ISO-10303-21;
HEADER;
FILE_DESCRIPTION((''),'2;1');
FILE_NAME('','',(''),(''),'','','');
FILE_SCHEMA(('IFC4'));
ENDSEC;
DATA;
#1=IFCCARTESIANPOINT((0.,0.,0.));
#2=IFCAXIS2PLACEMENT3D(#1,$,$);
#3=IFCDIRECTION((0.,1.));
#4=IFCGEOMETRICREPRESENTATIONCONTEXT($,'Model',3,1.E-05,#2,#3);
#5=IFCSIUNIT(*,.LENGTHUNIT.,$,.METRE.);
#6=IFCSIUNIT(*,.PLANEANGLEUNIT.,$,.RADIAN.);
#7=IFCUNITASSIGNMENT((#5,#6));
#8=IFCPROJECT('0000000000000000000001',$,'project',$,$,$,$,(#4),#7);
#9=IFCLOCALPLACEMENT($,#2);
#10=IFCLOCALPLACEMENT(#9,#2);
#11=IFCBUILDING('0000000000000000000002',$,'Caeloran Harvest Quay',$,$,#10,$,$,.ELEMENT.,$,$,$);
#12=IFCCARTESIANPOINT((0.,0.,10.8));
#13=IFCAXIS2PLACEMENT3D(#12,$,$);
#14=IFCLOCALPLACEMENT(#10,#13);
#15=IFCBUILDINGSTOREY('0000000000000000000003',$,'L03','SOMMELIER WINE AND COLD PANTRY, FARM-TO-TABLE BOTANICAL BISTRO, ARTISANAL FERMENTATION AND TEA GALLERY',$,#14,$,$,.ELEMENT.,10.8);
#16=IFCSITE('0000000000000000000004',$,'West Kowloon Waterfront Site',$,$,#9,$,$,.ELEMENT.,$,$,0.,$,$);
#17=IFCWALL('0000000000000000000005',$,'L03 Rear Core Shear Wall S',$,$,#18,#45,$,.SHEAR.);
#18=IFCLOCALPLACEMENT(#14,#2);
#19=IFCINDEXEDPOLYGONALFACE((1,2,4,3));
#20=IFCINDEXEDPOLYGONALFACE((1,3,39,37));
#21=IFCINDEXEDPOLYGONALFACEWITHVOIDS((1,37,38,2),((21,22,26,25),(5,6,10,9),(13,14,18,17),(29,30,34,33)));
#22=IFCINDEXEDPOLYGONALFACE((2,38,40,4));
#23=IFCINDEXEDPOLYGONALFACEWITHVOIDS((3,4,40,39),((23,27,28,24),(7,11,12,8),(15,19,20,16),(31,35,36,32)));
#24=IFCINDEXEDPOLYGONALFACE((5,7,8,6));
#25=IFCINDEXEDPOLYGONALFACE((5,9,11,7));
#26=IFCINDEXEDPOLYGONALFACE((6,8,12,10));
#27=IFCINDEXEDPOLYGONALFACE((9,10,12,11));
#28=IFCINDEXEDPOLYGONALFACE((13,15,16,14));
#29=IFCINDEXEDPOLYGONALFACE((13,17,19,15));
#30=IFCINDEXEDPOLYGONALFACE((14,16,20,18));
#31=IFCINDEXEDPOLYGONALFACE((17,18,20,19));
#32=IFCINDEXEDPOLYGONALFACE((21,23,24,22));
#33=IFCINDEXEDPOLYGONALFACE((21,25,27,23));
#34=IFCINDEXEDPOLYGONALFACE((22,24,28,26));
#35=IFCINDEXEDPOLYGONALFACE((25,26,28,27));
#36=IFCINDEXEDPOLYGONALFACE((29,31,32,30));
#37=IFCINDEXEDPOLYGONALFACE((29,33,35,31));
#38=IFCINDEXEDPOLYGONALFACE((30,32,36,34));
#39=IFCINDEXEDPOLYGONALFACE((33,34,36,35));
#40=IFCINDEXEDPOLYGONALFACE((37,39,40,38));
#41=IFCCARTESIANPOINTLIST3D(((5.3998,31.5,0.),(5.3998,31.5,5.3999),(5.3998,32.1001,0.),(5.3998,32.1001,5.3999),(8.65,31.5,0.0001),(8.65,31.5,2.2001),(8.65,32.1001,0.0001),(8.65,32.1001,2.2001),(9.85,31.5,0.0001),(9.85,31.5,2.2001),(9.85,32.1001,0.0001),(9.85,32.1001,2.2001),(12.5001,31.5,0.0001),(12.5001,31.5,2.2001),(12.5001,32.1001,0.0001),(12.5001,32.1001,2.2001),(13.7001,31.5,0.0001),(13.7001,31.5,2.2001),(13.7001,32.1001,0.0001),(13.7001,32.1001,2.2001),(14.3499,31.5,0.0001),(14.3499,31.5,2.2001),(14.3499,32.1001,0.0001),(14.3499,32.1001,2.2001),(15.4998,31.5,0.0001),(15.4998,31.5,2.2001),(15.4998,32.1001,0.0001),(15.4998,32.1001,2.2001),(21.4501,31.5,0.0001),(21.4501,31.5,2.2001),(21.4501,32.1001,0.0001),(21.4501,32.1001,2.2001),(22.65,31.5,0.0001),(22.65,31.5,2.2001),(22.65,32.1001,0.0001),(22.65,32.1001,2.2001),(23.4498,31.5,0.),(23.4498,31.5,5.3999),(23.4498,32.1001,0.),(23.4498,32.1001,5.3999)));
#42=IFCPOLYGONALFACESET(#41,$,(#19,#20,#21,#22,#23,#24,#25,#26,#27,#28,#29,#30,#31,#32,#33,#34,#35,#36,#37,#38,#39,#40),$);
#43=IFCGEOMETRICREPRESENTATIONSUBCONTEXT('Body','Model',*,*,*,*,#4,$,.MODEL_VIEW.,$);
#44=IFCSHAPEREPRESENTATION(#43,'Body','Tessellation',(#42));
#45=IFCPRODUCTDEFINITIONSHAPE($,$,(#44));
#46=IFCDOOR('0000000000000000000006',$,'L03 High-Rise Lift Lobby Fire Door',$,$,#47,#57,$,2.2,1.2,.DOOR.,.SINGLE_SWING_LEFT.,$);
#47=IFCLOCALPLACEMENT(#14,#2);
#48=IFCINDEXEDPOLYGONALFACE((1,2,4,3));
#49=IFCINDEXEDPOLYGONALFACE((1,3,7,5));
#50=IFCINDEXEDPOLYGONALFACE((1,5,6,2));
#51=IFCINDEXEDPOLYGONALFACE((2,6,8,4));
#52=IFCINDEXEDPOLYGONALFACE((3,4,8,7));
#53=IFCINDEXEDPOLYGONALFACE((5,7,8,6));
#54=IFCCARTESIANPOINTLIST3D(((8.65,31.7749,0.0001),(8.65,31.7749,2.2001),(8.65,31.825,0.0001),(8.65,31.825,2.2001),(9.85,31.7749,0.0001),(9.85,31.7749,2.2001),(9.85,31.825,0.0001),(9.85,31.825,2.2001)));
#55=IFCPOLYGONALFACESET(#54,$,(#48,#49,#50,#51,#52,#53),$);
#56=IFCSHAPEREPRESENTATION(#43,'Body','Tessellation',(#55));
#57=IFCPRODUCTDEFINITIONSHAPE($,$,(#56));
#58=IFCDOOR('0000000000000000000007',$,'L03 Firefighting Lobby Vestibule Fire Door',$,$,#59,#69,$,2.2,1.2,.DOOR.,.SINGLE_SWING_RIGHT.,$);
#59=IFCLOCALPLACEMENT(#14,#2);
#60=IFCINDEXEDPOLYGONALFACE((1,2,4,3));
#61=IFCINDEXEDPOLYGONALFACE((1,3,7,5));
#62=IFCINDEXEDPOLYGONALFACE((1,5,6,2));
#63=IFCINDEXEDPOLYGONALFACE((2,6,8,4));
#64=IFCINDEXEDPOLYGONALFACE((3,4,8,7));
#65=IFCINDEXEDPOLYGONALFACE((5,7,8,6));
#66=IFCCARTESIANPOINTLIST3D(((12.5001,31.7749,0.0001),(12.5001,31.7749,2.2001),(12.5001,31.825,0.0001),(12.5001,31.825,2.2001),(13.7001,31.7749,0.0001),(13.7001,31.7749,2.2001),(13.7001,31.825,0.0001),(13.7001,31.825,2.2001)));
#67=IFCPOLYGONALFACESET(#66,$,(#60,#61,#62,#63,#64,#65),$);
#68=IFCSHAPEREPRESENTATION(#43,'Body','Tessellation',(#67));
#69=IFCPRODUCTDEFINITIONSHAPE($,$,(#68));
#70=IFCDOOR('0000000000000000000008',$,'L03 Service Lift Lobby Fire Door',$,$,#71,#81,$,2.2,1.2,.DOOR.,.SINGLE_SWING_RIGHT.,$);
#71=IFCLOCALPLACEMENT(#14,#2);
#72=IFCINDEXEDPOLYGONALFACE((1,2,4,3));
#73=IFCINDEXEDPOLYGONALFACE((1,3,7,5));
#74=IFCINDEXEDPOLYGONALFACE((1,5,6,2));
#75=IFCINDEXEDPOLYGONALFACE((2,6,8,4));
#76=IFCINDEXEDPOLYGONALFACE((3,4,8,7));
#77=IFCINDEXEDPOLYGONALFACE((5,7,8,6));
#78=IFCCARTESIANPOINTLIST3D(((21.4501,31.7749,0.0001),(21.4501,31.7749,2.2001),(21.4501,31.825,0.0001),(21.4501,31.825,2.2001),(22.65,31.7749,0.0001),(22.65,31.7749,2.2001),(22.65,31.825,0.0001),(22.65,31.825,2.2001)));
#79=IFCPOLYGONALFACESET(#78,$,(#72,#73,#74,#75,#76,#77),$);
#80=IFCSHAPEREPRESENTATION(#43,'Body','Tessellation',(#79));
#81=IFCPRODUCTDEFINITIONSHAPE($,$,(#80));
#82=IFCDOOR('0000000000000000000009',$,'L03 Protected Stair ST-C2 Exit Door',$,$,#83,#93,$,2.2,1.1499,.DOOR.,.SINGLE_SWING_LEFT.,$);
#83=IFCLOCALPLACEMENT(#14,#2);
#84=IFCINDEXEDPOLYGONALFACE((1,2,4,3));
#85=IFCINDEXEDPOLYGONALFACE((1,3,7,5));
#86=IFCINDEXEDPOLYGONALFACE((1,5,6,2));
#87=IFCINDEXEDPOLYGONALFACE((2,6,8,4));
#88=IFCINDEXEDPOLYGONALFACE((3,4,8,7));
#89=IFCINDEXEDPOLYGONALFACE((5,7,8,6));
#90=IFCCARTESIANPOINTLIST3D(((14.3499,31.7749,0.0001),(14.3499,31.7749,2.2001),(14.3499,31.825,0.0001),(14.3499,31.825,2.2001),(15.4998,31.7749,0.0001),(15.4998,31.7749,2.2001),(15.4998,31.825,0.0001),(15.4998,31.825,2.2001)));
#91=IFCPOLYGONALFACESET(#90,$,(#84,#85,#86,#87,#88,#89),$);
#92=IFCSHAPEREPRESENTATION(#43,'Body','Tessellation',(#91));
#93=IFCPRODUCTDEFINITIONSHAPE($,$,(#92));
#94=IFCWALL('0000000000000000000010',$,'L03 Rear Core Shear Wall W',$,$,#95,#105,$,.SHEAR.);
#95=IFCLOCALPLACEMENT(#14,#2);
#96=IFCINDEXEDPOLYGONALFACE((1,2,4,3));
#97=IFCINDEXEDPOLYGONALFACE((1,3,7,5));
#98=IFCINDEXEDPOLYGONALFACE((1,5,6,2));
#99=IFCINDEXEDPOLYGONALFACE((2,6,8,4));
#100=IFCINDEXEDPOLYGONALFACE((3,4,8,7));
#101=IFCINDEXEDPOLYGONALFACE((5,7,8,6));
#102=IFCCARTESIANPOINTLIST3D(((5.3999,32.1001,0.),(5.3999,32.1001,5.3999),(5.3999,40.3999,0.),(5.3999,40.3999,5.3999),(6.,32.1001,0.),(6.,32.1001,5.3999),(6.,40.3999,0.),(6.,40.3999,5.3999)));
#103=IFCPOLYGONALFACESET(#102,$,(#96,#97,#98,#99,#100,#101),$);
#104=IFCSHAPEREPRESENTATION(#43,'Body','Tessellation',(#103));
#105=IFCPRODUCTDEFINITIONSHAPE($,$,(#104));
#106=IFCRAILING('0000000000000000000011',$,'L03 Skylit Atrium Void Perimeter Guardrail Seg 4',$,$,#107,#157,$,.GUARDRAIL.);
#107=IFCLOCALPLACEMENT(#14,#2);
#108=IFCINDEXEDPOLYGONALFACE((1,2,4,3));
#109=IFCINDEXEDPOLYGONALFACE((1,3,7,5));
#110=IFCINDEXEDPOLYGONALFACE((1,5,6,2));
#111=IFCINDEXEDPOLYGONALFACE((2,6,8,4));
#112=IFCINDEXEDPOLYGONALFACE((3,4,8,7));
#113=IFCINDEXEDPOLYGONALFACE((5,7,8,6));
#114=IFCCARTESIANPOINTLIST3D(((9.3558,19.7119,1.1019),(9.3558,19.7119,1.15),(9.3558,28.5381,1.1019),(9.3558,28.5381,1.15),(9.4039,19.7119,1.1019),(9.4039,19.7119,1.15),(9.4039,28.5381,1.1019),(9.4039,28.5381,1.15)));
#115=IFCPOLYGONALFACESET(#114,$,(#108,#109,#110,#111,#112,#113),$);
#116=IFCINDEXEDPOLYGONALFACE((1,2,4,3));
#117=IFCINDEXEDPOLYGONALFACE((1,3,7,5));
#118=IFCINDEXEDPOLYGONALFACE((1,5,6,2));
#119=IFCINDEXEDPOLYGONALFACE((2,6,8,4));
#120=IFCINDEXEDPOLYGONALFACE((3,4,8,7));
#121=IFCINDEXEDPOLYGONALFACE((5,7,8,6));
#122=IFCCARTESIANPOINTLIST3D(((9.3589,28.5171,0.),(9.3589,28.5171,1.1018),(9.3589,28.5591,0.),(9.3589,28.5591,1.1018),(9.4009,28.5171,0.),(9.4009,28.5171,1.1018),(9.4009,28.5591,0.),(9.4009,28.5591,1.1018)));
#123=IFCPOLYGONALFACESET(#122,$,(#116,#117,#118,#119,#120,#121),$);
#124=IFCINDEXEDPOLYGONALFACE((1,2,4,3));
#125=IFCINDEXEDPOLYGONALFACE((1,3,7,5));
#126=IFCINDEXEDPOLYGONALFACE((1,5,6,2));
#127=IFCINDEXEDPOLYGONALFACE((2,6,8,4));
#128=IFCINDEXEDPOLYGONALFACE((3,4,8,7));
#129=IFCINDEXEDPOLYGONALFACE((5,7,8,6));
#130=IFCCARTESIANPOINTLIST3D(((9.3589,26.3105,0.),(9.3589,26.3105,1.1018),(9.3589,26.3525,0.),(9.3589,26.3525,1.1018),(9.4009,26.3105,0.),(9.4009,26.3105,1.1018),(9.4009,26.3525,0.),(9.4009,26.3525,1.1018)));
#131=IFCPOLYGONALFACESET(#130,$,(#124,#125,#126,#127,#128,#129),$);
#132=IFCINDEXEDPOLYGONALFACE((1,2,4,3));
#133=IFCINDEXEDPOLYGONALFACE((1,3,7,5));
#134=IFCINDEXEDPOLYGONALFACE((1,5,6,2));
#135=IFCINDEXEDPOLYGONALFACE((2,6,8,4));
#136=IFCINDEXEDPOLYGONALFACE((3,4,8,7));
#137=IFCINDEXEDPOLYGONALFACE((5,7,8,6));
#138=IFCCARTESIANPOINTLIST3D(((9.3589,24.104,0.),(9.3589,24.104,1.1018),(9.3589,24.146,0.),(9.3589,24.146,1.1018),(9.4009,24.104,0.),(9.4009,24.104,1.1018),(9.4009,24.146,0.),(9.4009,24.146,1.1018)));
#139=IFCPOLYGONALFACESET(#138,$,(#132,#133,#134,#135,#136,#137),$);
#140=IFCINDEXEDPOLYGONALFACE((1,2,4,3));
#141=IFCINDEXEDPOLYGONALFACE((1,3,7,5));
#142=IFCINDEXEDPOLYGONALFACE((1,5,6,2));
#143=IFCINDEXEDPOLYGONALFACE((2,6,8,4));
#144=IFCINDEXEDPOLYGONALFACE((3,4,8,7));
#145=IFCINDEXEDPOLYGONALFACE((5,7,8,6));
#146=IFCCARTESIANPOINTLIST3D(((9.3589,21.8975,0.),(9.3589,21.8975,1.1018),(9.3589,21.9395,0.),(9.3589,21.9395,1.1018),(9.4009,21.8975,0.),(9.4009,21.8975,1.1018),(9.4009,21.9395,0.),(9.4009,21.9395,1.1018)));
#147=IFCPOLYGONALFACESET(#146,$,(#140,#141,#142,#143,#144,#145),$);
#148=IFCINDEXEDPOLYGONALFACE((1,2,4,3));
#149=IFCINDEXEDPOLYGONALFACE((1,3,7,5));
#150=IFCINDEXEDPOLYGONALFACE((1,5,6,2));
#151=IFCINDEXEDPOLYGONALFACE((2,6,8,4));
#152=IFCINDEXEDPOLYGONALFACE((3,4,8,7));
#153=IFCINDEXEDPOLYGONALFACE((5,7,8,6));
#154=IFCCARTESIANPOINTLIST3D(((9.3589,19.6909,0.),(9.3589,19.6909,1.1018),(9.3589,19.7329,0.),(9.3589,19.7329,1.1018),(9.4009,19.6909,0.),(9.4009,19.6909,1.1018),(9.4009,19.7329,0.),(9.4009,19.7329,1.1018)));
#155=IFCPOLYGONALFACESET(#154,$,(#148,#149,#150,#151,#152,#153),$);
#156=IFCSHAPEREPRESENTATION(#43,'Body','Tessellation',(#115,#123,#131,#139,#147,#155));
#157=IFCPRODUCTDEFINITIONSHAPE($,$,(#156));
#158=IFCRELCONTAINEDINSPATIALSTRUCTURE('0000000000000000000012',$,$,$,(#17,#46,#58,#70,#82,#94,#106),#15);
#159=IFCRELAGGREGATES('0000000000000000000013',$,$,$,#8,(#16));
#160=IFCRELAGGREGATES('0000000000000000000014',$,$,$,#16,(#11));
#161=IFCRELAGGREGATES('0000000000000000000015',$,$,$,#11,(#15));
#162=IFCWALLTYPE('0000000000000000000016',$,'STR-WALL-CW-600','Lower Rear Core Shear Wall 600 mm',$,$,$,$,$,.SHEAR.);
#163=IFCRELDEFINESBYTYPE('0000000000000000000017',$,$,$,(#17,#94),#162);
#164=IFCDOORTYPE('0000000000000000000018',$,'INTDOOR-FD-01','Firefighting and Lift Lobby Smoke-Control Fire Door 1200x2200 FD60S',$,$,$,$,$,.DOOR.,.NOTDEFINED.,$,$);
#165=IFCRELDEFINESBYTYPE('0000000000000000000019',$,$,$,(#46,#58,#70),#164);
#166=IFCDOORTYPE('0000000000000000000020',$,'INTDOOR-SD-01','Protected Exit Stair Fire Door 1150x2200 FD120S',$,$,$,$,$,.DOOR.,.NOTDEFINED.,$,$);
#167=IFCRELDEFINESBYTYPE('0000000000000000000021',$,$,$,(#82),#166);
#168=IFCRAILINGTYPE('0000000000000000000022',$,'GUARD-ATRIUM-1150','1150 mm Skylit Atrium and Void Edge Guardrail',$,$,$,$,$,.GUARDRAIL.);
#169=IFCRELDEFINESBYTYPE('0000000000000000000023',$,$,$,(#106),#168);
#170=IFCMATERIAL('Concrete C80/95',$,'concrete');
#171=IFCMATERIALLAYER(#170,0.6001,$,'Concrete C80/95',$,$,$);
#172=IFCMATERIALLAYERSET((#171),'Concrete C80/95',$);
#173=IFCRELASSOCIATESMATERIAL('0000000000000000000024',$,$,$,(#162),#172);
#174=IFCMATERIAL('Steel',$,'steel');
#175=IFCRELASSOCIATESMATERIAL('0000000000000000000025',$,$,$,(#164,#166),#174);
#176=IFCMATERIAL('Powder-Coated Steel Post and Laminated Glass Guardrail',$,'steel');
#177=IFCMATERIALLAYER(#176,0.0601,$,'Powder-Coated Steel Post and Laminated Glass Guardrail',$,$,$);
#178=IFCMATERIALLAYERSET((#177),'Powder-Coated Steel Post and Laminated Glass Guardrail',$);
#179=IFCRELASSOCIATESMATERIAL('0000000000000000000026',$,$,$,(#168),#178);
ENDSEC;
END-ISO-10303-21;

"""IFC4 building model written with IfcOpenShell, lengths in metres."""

from ifc_helpers import new_model, si_unit, direction, frame, frame_2d, origin, origin_2d, place, context, subcontext, project, spatial, rectangle, extrude, material, layer, layer_set, type_object, element, fill, save


model = new_model("IFC4")

# Units and contexts
model_context = context("Model", 3, precision=1e-05, world=origin(), true_north=direction((0.0, 1.0)))
body_context = subcontext(model_context, "Body", "Model", "MODEL_VIEW")
ifc_project = project(units=[si_unit("LENGTHUNIT", "METRE"), si_unit("PLANEANGLEUNIT", "RADIAN")], contexts=[model_context])

# Site, building, storey
site_placement = place(None, origin())
site = spatial("IfcSite", under=ifc_project, at=site_placement, Name="West Kowloon Waterfront Site", CompositionType="ELEMENT", RefElevation=0.0)
building_placement = place(site_placement, origin())
building = spatial("IfcBuilding", under=site, at=building_placement, Name="Caeloran Harvest Quay", CompositionType="ELEMENT")
storey_placement = place(building_placement, frame((0.0, 0.0, 10.8)))
storey = spatial("IfcBuildingStorey", under=building, at=storey_placement, Name="L03", Description="SOMMELIER WINE AND COLD PANTRY, FARM-TO-TABLE BOTANICAL BISTRO, ARTISANAL FERMENTATION AND TEA GALLERY", CompositionType="ELEMENT", Elevation=10.8)

# Shared definitions
ifc_material_1 = material(Name="Concrete C80/95", Category="concrete")

# Wall, openings, doors
ifc_layer_1 = layer(ifc_material_1, 0.6001, Name="Concrete C80/95")
ifc_layer_set_1 = layer_set([ifc_layer_1], Name="Concrete C80/95")
wall_type_1 = type_object("IfcWallType", Name="STR-WALL-CW-600", Description="Lower Rear Core Shear Wall 600 mm", PredefinedType="SHEAR", material=ifc_layer_set_1)
wall_1_placement = place(storey_placement, frame((5.3999, 31.8, 0.0), z_axis=(0.0, 0.0, 1.0), x_axis=(1.0, 0.0, 0.0)))
wall_1 = element("IfcWall", 1, at=wall_1_placement, inside=storey, type_object=wall_type_1, Name="L03 Rear Core Shear Wall S", PredefinedType="SHEAR", context=body_context, shape_type="SweptSolid", body=[
    extrude(rectangle(XDim=18.05, YDim=0.6001, at=frame_2d((9.0249, 0.0))), origin(), (0.0, 0.0, 1.0), 5.3999),
])
opening_1_placement = place(wall_1_placement, frame((3.25, 0.0, 0.0)))
opening_1 = element("IfcOpeningElement", 2, at=opening_1_placement, cuts=wall_1, PredefinedType="OPENING", context=body_context, shape_type="SweptSolid", body=[
    extrude(rectangle(XDim=1.2, YDim=2.2, at=frame_2d((0.6001, 1.1001))), frame((0.0, 0.3101, 0.0), z_axis=(0.0, -1.0, 0.0), x_axis=(1.0, 0.0, 0.0)), (0.0, 0.0, 1.0), 0.6201),
])
opening_2_placement = place(wall_1_placement, frame((7.1001, 0.0, 0.0)))
opening_2 = element("IfcOpeningElement", 3, at=opening_2_placement, cuts=wall_1, PredefinedType="OPENING", context=body_context, shape_type="SweptSolid", body=[
    extrude(rectangle(XDim=1.2, YDim=2.2, at=frame_2d((0.6001, 1.1001))), frame((0.0, 0.3101, 0.0), z_axis=(0.0, -1.0, 0.0), x_axis=(1.0, 0.0, 0.0)), (0.0, 0.0, 1.0), 0.6201),
])
opening_3_placement = place(wall_1_placement, frame((8.95, 0.0, 0.0)))
opening_3 = element("IfcOpeningElement", 4, at=opening_3_placement, cuts=wall_1, PredefinedType="OPENING", context=body_context, shape_type="SweptSolid", body=[
    extrude(rectangle(XDim=1.1499, YDim=2.2, at=frame_2d((0.575, 1.1001))), frame((0.0, 0.3101, 0.0), z_axis=(0.0, -1.0, 0.0), x_axis=(1.0, 0.0, 0.0)), (0.0, 0.0, 1.0), 0.6201),
])
opening_4_placement = place(wall_1_placement, frame((16.05, 0.0, 0.0)))
opening_4 = element("IfcOpeningElement", 5, at=opening_4_placement, cuts=wall_1, PredefinedType="OPENING", context=body_context, shape_type="SweptSolid", body=[
    extrude(rectangle(XDim=1.2, YDim=2.2, at=frame_2d((0.6001, 1.1001))), frame((0.0, 0.3101, 0.0), z_axis=(0.0, -1.0, 0.0), x_axis=(1.0, 0.0, 0.0)), (0.0, 0.0, 1.0), 0.6201),
])
ifc_material_2 = material(Name="Steel", Category="steel")
door_type_1 = type_object("IfcDoorType", Name="INTDOOR-FD-01", Description="Firefighting and Lift Lobby Smoke-Control Fire Door 1200x2200 FD60S", OperationType="NOTDEFINED", PredefinedType="DOOR", material=ifc_material_2)
door_1_placement = place(opening_1_placement, origin())
door_1 = element("IfcDoor", 6, at=door_1_placement, inside=storey, type_object=door_type_1, Name="L03 High-Rise Lift Lobby Fire Door", OperationType="SINGLE_SWING_LEFT", OverallHeight=2.2, OverallWidth=1.2, PredefinedType="DOOR", context=body_context, shape_type="SweptSolid", body=[
    extrude(rectangle(XDim=1.2, YDim=2.2, at=frame_2d((0.6001, 1.1001))), frame((0.0, 0.0249, 0.0), z_axis=(0.0, -1.0, 0.0), x_axis=(1.0, 0.0, 0.0)), (0.0, 0.0, 1.0), 0.05),
])
fill(opening_1, door_1)
door_2_placement = place(opening_2_placement, origin())
door_2 = element("IfcDoor", 7, at=door_2_placement, inside=storey, type_object=door_type_1, Name="L03 Firefighting Lobby Vestibule Fire Door", OperationType="SINGLE_SWING_RIGHT", OverallHeight=2.2, OverallWidth=1.2, PredefinedType="DOOR", context=body_context, shape_type="SweptSolid", body=[
    extrude(rectangle(XDim=1.2, YDim=2.2, at=frame_2d((0.6001, 1.1001))), frame((0.0, 0.0249, 0.0), z_axis=(0.0, -1.0, 0.0), x_axis=(1.0, 0.0, 0.0)), (0.0, 0.0, 1.0), 0.05),
])
fill(opening_2, door_2)
door_3_placement = place(opening_4_placement, origin())
door_3 = element("IfcDoor", 8, at=door_3_placement, inside=storey, type_object=door_type_1, Name="L03 Service Lift Lobby Fire Door", OperationType="SINGLE_SWING_RIGHT", OverallHeight=2.2, OverallWidth=1.2, PredefinedType="DOOR", context=body_context, shape_type="SweptSolid", body=[
    extrude(rectangle(XDim=1.2, YDim=2.2, at=frame_2d((0.6001, 1.1001))), frame((0.0, 0.0249, 0.0), z_axis=(0.0, -1.0, 0.0), x_axis=(1.0, 0.0, 0.0)), (0.0, 0.0, 1.0), 0.05),
])
fill(opening_4, door_3)
door_type_2 = type_object("IfcDoorType", Name="INTDOOR-SD-01", Description="Protected Exit Stair Fire Door 1150x2200 FD120S", OperationType="NOTDEFINED", PredefinedType="DOOR", material=ifc_material_2)
door_4_placement = place(opening_3_placement, origin())
door_4 = element("IfcDoor", 9, at=door_4_placement, inside=storey, type_object=door_type_2, Name="L03 Protected Stair ST-C2 Exit Door", OperationType="SINGLE_SWING_LEFT", OverallHeight=2.2, OverallWidth=1.1499, PredefinedType="DOOR", context=body_context, shape_type="SweptSolid", body=[
    extrude(rectangle(XDim=1.1499, YDim=2.2, at=frame_2d((0.575, 1.1001))), frame((0.0, 0.0249, 0.0), z_axis=(0.0, -1.0, 0.0), x_axis=(1.0, 0.0, 0.0)), (0.0, 0.0, 1.0), 0.05),
])
fill(opening_3, door_4)

# Wall
wall_2_placement = place(storey_placement, frame((5.7, 32.1001, 0.0), z_axis=(0.0, 0.0, 1.0), x_axis=(0.0, 1.0, 0.0)))
element("IfcWall", 10, at=wall_2_placement, inside=storey, type_object=wall_type_1, Name="L03 Rear Core Shear Wall W", PredefinedType="SHEAR", context=body_context, shape_type="SweptSolid", body=[
    extrude(rectangle(XDim=8.2998, YDim=0.6001, at=frame_2d((4.1499, 0.0))), origin(), (0.0, 0.0, 1.0), 5.3999),
])

# Railing
ifc_material_3 = material(Name="Powder-Coated Steel Post and Laminated Glass Guardrail", Category="steel")
ifc_layer_2 = layer(ifc_material_3, 0.0601, Name="Powder-Coated Steel Post and Laminated Glass Guardrail")
ifc_layer_set_2 = layer_set([ifc_layer_2], Name="Powder-Coated Steel Post and Laminated Glass Guardrail")
railing_type = type_object("IfcRailingType", Name="GUARD-ATRIUM-1150", Description="1150 mm Skylit Atrium and Void Edge Guardrail", PredefinedType="GUARDRAIL", material=ifc_layer_set_2)
railing_placement = place(storey_placement, frame((9.3799, 28.5381, 0.0)))
element("IfcRailing", 11, at=railing_placement, inside=storey, type_object=railing_type, Name="L03 Skylit Atrium Void Perimeter Guardrail Seg 4", PredefinedType="GUARDRAIL", context=body_context, shape_type="SweptSolid", body=[
    extrude(rectangle(XDim=0.0481, YDim=0.0481, at=origin_2d()), frame((0.0, 0.0, 1.126), z_axis=(0.0, -1.0, 0.0), x_axis=(1.0, 0.0, 0.0)), (0.0, 0.0, 1.0), 8.8262),
    extrude(rectangle(XDim=0.042, YDim=0.042, at=origin_2d()), origin(), (0.0, 0.0, 1.0), 1.1018),
    extrude(rectangle(XDim=0.042, YDim=0.042, at=origin_2d()), frame((0.0, -2.2065, 0.0)), (0.0, 0.0, 1.0), 1.1018),
    extrude(rectangle(XDim=0.042, YDim=0.042, at=origin_2d()), frame((0.0, -4.4131, 0.0)), (0.0, 0.0, 1.0), 1.1018),
    extrude(rectangle(XDim=0.042, YDim=0.042, at=origin_2d()), frame((0.0, -6.6196, 0.0)), (0.0, 0.0, 1.0), 1.1018),
    extrude(rectangle(XDim=0.042, YDim=0.042, at=origin_2d()), frame((0.0, -8.8262, 0.0)), (0.0, 0.0, 1.0), 1.1018),
])

save(model, "model.ifc")
